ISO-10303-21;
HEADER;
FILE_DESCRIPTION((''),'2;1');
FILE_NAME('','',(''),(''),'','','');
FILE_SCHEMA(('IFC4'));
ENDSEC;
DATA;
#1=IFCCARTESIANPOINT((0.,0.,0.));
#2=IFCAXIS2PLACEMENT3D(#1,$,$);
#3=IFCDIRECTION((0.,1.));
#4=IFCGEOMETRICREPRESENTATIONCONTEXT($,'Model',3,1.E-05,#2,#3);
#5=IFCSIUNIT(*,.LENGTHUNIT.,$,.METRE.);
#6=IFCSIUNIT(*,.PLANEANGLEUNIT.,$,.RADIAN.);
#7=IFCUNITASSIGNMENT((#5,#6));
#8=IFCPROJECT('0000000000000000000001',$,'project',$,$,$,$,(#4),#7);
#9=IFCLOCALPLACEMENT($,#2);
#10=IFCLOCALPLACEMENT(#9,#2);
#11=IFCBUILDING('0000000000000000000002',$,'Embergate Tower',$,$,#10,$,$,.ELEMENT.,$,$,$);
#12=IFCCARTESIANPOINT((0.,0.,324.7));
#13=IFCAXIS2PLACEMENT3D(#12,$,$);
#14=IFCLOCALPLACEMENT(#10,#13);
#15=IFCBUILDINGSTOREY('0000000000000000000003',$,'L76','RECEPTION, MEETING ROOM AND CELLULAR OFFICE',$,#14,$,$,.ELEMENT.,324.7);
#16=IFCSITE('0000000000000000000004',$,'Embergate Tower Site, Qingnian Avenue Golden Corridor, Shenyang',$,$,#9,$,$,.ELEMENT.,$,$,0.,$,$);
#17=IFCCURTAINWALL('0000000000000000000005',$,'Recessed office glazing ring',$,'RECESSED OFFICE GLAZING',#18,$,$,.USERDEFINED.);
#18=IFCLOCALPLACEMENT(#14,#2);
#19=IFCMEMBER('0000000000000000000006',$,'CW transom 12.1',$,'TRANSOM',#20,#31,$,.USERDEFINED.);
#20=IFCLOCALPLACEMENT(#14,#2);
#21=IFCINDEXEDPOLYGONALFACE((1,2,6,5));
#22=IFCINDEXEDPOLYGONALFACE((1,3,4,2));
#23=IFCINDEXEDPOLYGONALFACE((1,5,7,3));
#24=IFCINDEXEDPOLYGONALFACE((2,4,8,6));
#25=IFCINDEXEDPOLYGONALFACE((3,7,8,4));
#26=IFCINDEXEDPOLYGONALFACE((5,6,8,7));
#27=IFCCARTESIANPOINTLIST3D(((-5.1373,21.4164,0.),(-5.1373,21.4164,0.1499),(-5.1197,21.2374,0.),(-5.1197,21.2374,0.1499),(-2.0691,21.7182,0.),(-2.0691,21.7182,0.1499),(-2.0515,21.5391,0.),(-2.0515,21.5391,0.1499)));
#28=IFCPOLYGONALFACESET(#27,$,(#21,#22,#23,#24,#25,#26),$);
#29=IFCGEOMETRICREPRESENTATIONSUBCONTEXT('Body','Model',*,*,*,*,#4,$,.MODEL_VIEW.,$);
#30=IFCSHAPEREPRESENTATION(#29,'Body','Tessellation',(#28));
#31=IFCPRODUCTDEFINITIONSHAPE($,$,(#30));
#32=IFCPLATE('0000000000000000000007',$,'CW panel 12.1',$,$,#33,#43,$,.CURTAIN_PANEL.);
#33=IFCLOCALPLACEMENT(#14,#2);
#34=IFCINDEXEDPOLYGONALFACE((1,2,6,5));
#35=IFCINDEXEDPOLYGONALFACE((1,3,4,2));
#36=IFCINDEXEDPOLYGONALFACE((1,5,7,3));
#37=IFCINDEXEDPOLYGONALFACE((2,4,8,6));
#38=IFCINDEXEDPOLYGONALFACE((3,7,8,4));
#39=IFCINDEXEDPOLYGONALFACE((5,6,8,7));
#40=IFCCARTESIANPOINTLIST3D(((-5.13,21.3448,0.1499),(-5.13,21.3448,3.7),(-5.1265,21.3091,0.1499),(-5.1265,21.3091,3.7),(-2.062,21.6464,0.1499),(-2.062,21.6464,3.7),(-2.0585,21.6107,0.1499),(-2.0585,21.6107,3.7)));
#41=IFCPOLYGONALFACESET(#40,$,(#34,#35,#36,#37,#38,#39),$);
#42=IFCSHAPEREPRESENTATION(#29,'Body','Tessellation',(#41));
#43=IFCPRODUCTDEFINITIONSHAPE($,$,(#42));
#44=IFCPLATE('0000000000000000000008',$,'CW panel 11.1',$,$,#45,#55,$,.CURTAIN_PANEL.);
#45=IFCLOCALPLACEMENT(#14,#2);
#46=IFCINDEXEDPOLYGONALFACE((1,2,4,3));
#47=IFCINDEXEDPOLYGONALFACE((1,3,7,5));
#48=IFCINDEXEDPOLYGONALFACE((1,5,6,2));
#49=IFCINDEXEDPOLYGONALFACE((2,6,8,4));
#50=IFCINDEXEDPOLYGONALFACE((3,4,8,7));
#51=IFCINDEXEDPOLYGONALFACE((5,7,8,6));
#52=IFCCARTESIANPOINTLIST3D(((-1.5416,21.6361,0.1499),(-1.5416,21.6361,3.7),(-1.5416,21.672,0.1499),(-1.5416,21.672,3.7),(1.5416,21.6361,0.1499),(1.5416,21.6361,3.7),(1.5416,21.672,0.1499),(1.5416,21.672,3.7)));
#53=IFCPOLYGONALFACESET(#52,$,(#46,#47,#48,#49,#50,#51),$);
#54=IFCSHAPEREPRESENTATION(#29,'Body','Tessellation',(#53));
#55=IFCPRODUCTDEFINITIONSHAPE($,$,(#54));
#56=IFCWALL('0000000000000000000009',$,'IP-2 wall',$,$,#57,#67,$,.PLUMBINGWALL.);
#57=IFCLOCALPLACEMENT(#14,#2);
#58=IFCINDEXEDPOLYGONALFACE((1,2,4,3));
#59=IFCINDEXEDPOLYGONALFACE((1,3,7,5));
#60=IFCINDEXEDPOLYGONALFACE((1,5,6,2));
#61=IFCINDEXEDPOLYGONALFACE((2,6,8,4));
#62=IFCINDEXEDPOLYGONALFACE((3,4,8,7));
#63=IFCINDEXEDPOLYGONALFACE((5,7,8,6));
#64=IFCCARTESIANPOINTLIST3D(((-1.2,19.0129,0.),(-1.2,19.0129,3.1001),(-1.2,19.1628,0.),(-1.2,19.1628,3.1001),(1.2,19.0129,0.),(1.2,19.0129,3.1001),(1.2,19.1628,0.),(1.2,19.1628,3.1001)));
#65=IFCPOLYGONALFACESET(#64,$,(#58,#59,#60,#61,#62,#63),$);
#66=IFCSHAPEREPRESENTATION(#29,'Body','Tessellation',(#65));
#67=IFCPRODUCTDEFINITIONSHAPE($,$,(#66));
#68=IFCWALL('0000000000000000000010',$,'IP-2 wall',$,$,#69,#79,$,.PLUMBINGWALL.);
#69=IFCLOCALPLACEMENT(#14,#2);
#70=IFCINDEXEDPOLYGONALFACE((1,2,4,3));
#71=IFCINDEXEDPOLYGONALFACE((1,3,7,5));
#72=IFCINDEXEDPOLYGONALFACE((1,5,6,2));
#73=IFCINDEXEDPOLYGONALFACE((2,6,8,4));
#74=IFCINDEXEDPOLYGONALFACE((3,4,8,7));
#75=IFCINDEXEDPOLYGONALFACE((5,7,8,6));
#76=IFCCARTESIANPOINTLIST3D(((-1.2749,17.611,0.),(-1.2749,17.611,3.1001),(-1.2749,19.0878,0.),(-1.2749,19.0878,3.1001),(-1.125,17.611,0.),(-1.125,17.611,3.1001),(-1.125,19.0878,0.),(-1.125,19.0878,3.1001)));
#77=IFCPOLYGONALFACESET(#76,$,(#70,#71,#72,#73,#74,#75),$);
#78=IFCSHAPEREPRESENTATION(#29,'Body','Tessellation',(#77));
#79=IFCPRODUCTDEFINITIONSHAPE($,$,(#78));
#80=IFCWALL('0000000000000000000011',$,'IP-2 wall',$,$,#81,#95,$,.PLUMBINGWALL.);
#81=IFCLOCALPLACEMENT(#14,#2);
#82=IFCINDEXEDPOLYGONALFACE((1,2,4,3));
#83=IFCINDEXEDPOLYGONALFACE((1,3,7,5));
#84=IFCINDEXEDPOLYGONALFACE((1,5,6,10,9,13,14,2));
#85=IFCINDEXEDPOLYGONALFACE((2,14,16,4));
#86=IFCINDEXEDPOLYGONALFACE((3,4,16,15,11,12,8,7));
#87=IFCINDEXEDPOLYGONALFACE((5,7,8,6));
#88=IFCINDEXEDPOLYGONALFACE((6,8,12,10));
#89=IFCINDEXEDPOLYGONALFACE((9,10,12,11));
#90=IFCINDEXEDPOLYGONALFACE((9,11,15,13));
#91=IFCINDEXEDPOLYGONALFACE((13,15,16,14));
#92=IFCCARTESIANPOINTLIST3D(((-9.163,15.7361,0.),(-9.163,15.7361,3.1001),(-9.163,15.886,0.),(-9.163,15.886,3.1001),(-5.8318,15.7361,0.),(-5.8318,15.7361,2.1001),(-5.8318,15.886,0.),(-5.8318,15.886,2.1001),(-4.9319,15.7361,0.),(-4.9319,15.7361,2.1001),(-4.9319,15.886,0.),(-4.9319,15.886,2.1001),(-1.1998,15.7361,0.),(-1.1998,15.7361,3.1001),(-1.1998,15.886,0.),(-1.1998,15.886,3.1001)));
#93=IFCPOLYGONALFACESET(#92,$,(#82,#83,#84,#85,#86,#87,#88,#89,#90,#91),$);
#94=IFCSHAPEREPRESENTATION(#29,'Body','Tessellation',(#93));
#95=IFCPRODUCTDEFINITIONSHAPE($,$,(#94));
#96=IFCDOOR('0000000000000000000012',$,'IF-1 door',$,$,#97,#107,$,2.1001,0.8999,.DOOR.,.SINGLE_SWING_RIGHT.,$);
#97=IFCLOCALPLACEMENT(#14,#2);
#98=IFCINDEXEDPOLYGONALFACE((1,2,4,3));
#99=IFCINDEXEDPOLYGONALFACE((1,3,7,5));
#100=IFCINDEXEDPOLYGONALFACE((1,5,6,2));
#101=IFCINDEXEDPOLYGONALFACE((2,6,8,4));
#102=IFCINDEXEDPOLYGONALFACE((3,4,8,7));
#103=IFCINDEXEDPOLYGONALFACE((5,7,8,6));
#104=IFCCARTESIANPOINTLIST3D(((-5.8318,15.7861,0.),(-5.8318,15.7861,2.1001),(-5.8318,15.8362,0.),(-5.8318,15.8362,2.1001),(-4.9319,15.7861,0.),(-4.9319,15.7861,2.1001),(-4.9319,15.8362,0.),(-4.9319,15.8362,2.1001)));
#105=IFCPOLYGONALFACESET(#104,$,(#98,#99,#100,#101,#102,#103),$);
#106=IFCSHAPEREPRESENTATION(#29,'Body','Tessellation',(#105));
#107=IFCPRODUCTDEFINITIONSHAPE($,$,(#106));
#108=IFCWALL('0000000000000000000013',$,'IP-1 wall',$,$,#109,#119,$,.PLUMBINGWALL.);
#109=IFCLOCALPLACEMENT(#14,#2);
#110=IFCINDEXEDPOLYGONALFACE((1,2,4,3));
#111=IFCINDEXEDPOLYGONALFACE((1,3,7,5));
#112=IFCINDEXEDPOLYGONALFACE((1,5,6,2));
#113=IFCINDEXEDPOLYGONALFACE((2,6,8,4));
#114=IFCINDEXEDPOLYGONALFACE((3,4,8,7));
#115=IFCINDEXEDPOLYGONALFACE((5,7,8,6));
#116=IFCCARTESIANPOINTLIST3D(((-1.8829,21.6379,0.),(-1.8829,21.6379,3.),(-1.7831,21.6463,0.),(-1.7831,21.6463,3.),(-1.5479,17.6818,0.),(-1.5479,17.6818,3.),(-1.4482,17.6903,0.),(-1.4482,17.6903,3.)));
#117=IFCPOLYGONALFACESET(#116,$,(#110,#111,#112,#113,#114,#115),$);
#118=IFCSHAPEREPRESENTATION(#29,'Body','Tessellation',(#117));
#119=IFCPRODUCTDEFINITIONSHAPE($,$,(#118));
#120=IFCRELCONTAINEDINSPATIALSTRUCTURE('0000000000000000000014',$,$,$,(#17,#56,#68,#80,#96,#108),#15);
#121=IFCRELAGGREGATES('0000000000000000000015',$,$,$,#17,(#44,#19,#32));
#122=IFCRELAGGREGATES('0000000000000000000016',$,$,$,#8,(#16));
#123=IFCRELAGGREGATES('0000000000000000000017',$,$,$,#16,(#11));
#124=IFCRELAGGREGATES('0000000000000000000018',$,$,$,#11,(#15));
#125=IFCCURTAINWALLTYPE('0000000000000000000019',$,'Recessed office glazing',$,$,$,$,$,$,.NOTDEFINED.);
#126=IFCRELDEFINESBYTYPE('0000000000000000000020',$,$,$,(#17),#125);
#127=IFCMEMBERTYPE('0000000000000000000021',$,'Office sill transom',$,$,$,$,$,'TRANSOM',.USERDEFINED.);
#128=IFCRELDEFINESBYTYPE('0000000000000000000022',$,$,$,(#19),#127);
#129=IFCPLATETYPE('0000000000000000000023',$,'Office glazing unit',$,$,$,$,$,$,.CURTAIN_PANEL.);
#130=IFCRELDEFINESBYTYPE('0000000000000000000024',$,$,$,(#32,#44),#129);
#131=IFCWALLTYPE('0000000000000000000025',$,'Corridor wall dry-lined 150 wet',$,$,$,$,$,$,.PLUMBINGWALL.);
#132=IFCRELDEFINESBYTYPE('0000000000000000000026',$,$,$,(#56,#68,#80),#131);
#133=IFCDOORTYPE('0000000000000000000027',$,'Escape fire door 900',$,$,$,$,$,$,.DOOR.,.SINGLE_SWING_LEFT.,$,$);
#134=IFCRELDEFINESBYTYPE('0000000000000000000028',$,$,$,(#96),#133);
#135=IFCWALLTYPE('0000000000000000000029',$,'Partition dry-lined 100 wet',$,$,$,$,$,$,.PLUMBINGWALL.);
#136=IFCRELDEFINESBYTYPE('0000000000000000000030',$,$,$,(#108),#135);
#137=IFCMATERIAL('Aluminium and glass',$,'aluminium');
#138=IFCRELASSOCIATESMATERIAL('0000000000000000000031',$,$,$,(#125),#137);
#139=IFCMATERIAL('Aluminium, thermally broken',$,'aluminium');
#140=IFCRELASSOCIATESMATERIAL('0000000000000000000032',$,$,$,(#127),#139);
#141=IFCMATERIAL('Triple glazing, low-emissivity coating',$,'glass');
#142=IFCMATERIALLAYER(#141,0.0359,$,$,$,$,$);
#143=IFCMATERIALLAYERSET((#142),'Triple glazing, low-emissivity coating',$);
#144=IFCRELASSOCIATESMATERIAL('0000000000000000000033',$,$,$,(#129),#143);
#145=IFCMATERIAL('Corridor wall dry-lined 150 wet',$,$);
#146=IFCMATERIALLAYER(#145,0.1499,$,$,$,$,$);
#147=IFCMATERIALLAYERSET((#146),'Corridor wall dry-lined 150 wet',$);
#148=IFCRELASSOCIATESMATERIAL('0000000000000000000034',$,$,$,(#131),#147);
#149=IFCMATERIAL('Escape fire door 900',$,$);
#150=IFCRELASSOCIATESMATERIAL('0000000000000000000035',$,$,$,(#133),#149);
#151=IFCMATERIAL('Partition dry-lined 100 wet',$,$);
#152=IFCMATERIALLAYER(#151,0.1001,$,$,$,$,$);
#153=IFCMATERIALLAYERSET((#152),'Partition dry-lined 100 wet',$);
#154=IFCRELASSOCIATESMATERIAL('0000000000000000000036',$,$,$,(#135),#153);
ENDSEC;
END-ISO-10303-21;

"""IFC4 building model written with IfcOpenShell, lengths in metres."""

from ifc_helpers import new_model, si_unit, direction, frame, frame_2d, origin, origin_2d, place, context, subcontext, project, spatial, rectangle, extrude, source, transform, mapped, material, layer, layer_set, material_profile, profile_set, type_object, element, fill, aggregate, save


model = new_model("IFC4")

# Units and contexts
model_context = context("Model", 3, precision=1e-05, world=origin(), true_north=direction((0.0, 1.0)))
body_context = subcontext(model_context, "Body", "Model", "MODEL_VIEW")
ifc_project = project(units=[si_unit("LENGTHUNIT", "METRE"), si_unit("PLANEANGLEUNIT", "RADIAN")], contexts=[model_context])

# Site, building, storey
site_placement = place(None, origin())
site = spatial("IfcSite", under=ifc_project, at=site_placement, Name="Embergate Tower Site, Qingnian Avenue Golden Corridor, Shenyang", CompositionType="ELEMENT", RefElevation=0.0)
building_placement = place(site_placement, origin())
building = spatial("IfcBuilding", under=site, at=building_placement, Name="Embergate Tower", CompositionType="ELEMENT")
storey_placement = place(building_placement, frame((0.0, 0.0, 324.7)))
storey = spatial("IfcBuildingStorey", under=building, at=storey_placement, Name="L76", Description="RECEPTION, MEETING ROOM AND CELLULAR OFFICE", CompositionType="ELEMENT", Elevation=324.7)

# Curtain wall, member, plates
ifc_material_1 = material(Name="Aluminium and glass", Category="aluminium")
curtain_wall_type = type_object("IfcCurtainWallType", Name="Recessed office glazing", PredefinedType="NOTDEFINED", material=ifc_material_1)
curtain_wall_placement = place(storey_placement, origin())
curtain_wall = element("IfcCurtainWall", 1, at=curtain_wall_placement, inside=storey, type_object=curtain_wall_type, Name="Recessed office glazing ring", ObjectType="RECESSED OFFICE GLAZING", PredefinedType="USERDEFINED")
ifc_material_2 = material(Name="Aluminium, thermally broken", Category="aluminium")
ifc_material_profile_1 = material_profile(ifc_material_2, rectangle(XDim=0.1799, YDim=0.1499, at=origin_2d()), Name="AL 150x180")
ifc_profile_set_1 = profile_set([ifc_material_profile_1], Name="Aluminium, thermally broken")
member_type_1 = type_object("IfcMemberType", Name="Office sill transom", ElementType="TRANSOM", PredefinedType="USERDEFINED", material=ifc_profile_set_1)
shared_shape_1 = source(origin(), body_context, "Body", "SweptSolid", [
    extrude(rectangle(XDim=0.1799, YDim=0.1499, at=origin_2d()), origin(), (0.0, 0.0, 1.0), 3.083),
])
member_1_placement = place(storey_placement, frame((-2.0603, 21.6287, 0.075), z_axis=(-0.995198, -0.097881, 0.0), x_axis=(0.097881, -0.995198, 0.0)))
member_1 = element("IfcMember", 2, at=member_1_placement, type_object=member_type_1, Name="CW transom 12.1", ObjectType="TRANSOM", PredefinedType="USERDEFINED", context=body_context, shape_type="MappedRepresentation", body=[
    mapped(shared_shape_1, transform((0.0, 0.0, 0.0))),
])
ifc_material_3 = material(Name="Triple glazing, low-emissivity coating", Category="glass")
ifc_layer_1 = layer(ifc_material_3, 0.0359)
ifc_layer_set_1 = layer_set([ifc_layer_1], Name="Triple glazing, low-emissivity coating")
plate_type = type_object("IfcPlateType", Name="Office glazing unit", PredefinedType="CURTAIN_PANEL", material=ifc_layer_set_1)
shared_shape_2 = source(origin(), body_context, "Body", "SweptSolid", [
    extrude(rectangle(XDim=3.0828, YDim=0.0359, at=origin_2d()), origin(), (0.0, 0.0, 1.0), 3.55),
])
plate_1_placement = place(storey_placement, frame((-3.5942, 21.4778, 0.1499), z_axis=(0.0, 0.0, 1.0), x_axis=(-0.995203, -0.097831, 0.0)))
plate_1 = element("IfcPlate", 3, at=plate_1_placement, type_object=plate_type, Name="CW panel 12.1", PredefinedType="CURTAIN_PANEL", context=body_context, shape_type="MappedRepresentation", body=[
    mapped(shared_shape_2, transform((0.0, 0.0, 0.0))),
])
shared_shape_3 = source(origin(), body_context, "Body", "SweptSolid", [
    extrude(rectangle(XDim=3.0833, YDim=0.0359, at=origin_2d()), origin(), (0.0, 0.0, 1.0), 3.55),
])
plate_2_placement = place(storey_placement, frame((0.0, 21.6541, 0.1499), z_axis=(0.0, 0.0, 1.0), x_axis=(-1.0, 0.0, 0.0)))
plate_2 = element("IfcPlate", 4, at=plate_2_placement, type_object=plate_type, Name="CW panel 11.1", PredefinedType="CURTAIN_PANEL", context=body_context, shape_type="MappedRepresentation", body=[
    mapped(shared_shape_3, transform((0.0, 0.0, 0.0))),
])
aggregate(curtain_wall, [plate_2, member_1, plate_1])

# Walls
ifc_material_4 = material(Name="Corridor wall dry-lined 150 wet")
ifc_layer_2 = layer(ifc_material_4, 0.1499)
ifc_layer_set_2 = layer_set([ifc_layer_2], Name="Corridor wall dry-lined 150 wet")
wall_type_1 = type_object("IfcWallType", Name="Corridor wall dry-lined 150 wet", PredefinedType="PLUMBINGWALL", material=ifc_layer_set_2)
shared_shape_4 = source(origin(), body_context, "Body", "SweptSolid", [
    extrude(rectangle(XDim=2.3999, YDim=0.1499, at=frame_2d((1.2, 0.0))), origin(), (0.0, 0.0, 1.0), 3.1001),
])
wall_1_placement = place(storey_placement, frame((-1.2, 19.0879, 0.0), z_axis=(0.0, 0.0, 1.0), x_axis=(1.0, 0.0, 0.0)))
element("IfcWall", 5, at=wall_1_placement, inside=storey, type_object=wall_type_1, Name="IP-2 wall", PredefinedType="PLUMBINGWALL", context=body_context, shape_type="MappedRepresentation", body=[
    mapped(shared_shape_4, transform((0.0, 0.0, 0.0))),
])
shared_shape_5 = source(origin(), body_context, "Body", "SweptSolid", [
    extrude(rectangle(XDim=1.4768, YDim=0.1499, at=frame_2d((0.7383, 0.0))), origin(), (0.0, 0.0, 1.0), 3.1001),
])
wall_2_placement = place(storey_placement, frame((-1.2, 17.6111, 0.0), z_axis=(0.0, 0.0, 1.0), x_axis=(0.0, 1.0, 0.0)))
element("IfcWall", 6, at=wall_2_placement, inside=storey, type_object=wall_type_1, Name="IP-2 wall", PredefinedType="PLUMBINGWALL", context=body_context, shape_type="MappedRepresentation", body=[
    mapped(shared_shape_5, transform((0.0, 0.0, 0.0))),
])

# Wall, opening, door
shared_shape_6 = source(origin(), body_context, "Body", "SweptSolid", [
    extrude(rectangle(XDim=7.9631, YDim=0.1499, at=frame_2d((3.9814, 0.0))), origin(), (0.0, 0.0, 1.0), 3.1001),
])
wall_3_placement = place(storey_placement, frame((-1.2, 15.811, 0.0), z_axis=(0.0, 0.0, 1.0), x_axis=(-1.0, 0.0, 0.0)))
wall_3 = element("IfcWall", 7, at=wall_3_placement, inside=storey, type_object=wall_type_1, Name="IP-2 wall", PredefinedType="PLUMBINGWALL", context=body_context, shape_type="MappedRepresentation", body=[
    mapped(shared_shape_6, transform((0.0, 0.0, 0.0))),
])
shared_shape_7 = source(origin(), body_context, "Body", "SweptSolid", [
    extrude(rectangle(XDim=0.8999, YDim=2.1001, at=frame_2d((0.45, 1.05))), frame((0.0, 0.085, 0.0), z_axis=(0.0, -1.0, 0.0), x_axis=(1.0, 0.0, 0.0)), (0.0, 0.0, 1.0), 0.1699),
])
opening_placement = place(wall_3_placement, frame((3.7319, 0.0, 0.0)))
opening = element("IfcOpeningElement", 8, at=opening_placement, cuts=wall_3, PredefinedType="OPENING", context=body_context, shape_type="MappedRepresentation", body=[
    mapped(shared_shape_7, transform((0.0, 0.0, 0.0))),
])
ifc_material_5 = material(Name="Escape fire door 900")
door_type = type_object("IfcDoorType", Name="Escape fire door 900", OperationType="SINGLE_SWING_LEFT", PredefinedType="DOOR", material=ifc_material_5)
shared_shape_8 = source(origin(), body_context, "Body", "SweptSolid", [
    extrude(rectangle(XDim=0.8999, YDim=2.1001, at=frame_2d((0.45, 1.05))), frame((0.0, 0.0249, 0.0), z_axis=(0.0, -1.0, 0.0), x_axis=(1.0, 0.0, 0.0)), (0.0, 0.0, 1.0), 0.05),
])
door_placement = place(opening_placement, origin())
door = element("IfcDoor", 9, at=door_placement, inside=storey, type_object=door_type, Name="IF-1 door", OperationType="SINGLE_SWING_RIGHT", OverallHeight=2.1001, OverallWidth=0.8999, PredefinedType="DOOR", context=body_context, shape_type="MappedRepresentation", body=[
    mapped(shared_shape_8, transform((0.0, 0.0, 0.0))),
])
fill(opening, door)

# Wall
ifc_material_6 = material(Name="Partition dry-lined 100 wet")
ifc_layer_3 = layer(ifc_material_6, 0.1001)
ifc_layer_set_3 = layer_set([ifc_layer_3], Name="Partition dry-lined 100 wet")
wall_type_2 = type_object("IfcWallType", Name="Partition dry-lined 100 wet", PredefinedType="PLUMBINGWALL", material=ifc_layer_set_3)
shared_shape_9 = source(origin(), body_context, "Body", "SweptSolid", [
    extrude(rectangle(XDim=3.9702, YDim=0.1001, at=frame_2d((1.9851, 0.0))), origin(), (0.0, 0.0, 1.0), 3.0),
])
wall_4_placement = place(storey_placement, frame((-1.498, 17.686, 0.0), z_axis=(0.0, 0.0, 1.0), x_axis=(-0.084369, 0.996435, 0.0)))
element("IfcWall", 10, at=wall_4_placement, inside=storey, type_object=wall_type_2, Name="IP-1 wall", PredefinedType="PLUMBINGWALL", context=body_context, shape_type="MappedRepresentation", body=[
    mapped(shared_shape_9, transform((0.0, 0.0, 0.0))),
])

save(model, "model.ifc")
